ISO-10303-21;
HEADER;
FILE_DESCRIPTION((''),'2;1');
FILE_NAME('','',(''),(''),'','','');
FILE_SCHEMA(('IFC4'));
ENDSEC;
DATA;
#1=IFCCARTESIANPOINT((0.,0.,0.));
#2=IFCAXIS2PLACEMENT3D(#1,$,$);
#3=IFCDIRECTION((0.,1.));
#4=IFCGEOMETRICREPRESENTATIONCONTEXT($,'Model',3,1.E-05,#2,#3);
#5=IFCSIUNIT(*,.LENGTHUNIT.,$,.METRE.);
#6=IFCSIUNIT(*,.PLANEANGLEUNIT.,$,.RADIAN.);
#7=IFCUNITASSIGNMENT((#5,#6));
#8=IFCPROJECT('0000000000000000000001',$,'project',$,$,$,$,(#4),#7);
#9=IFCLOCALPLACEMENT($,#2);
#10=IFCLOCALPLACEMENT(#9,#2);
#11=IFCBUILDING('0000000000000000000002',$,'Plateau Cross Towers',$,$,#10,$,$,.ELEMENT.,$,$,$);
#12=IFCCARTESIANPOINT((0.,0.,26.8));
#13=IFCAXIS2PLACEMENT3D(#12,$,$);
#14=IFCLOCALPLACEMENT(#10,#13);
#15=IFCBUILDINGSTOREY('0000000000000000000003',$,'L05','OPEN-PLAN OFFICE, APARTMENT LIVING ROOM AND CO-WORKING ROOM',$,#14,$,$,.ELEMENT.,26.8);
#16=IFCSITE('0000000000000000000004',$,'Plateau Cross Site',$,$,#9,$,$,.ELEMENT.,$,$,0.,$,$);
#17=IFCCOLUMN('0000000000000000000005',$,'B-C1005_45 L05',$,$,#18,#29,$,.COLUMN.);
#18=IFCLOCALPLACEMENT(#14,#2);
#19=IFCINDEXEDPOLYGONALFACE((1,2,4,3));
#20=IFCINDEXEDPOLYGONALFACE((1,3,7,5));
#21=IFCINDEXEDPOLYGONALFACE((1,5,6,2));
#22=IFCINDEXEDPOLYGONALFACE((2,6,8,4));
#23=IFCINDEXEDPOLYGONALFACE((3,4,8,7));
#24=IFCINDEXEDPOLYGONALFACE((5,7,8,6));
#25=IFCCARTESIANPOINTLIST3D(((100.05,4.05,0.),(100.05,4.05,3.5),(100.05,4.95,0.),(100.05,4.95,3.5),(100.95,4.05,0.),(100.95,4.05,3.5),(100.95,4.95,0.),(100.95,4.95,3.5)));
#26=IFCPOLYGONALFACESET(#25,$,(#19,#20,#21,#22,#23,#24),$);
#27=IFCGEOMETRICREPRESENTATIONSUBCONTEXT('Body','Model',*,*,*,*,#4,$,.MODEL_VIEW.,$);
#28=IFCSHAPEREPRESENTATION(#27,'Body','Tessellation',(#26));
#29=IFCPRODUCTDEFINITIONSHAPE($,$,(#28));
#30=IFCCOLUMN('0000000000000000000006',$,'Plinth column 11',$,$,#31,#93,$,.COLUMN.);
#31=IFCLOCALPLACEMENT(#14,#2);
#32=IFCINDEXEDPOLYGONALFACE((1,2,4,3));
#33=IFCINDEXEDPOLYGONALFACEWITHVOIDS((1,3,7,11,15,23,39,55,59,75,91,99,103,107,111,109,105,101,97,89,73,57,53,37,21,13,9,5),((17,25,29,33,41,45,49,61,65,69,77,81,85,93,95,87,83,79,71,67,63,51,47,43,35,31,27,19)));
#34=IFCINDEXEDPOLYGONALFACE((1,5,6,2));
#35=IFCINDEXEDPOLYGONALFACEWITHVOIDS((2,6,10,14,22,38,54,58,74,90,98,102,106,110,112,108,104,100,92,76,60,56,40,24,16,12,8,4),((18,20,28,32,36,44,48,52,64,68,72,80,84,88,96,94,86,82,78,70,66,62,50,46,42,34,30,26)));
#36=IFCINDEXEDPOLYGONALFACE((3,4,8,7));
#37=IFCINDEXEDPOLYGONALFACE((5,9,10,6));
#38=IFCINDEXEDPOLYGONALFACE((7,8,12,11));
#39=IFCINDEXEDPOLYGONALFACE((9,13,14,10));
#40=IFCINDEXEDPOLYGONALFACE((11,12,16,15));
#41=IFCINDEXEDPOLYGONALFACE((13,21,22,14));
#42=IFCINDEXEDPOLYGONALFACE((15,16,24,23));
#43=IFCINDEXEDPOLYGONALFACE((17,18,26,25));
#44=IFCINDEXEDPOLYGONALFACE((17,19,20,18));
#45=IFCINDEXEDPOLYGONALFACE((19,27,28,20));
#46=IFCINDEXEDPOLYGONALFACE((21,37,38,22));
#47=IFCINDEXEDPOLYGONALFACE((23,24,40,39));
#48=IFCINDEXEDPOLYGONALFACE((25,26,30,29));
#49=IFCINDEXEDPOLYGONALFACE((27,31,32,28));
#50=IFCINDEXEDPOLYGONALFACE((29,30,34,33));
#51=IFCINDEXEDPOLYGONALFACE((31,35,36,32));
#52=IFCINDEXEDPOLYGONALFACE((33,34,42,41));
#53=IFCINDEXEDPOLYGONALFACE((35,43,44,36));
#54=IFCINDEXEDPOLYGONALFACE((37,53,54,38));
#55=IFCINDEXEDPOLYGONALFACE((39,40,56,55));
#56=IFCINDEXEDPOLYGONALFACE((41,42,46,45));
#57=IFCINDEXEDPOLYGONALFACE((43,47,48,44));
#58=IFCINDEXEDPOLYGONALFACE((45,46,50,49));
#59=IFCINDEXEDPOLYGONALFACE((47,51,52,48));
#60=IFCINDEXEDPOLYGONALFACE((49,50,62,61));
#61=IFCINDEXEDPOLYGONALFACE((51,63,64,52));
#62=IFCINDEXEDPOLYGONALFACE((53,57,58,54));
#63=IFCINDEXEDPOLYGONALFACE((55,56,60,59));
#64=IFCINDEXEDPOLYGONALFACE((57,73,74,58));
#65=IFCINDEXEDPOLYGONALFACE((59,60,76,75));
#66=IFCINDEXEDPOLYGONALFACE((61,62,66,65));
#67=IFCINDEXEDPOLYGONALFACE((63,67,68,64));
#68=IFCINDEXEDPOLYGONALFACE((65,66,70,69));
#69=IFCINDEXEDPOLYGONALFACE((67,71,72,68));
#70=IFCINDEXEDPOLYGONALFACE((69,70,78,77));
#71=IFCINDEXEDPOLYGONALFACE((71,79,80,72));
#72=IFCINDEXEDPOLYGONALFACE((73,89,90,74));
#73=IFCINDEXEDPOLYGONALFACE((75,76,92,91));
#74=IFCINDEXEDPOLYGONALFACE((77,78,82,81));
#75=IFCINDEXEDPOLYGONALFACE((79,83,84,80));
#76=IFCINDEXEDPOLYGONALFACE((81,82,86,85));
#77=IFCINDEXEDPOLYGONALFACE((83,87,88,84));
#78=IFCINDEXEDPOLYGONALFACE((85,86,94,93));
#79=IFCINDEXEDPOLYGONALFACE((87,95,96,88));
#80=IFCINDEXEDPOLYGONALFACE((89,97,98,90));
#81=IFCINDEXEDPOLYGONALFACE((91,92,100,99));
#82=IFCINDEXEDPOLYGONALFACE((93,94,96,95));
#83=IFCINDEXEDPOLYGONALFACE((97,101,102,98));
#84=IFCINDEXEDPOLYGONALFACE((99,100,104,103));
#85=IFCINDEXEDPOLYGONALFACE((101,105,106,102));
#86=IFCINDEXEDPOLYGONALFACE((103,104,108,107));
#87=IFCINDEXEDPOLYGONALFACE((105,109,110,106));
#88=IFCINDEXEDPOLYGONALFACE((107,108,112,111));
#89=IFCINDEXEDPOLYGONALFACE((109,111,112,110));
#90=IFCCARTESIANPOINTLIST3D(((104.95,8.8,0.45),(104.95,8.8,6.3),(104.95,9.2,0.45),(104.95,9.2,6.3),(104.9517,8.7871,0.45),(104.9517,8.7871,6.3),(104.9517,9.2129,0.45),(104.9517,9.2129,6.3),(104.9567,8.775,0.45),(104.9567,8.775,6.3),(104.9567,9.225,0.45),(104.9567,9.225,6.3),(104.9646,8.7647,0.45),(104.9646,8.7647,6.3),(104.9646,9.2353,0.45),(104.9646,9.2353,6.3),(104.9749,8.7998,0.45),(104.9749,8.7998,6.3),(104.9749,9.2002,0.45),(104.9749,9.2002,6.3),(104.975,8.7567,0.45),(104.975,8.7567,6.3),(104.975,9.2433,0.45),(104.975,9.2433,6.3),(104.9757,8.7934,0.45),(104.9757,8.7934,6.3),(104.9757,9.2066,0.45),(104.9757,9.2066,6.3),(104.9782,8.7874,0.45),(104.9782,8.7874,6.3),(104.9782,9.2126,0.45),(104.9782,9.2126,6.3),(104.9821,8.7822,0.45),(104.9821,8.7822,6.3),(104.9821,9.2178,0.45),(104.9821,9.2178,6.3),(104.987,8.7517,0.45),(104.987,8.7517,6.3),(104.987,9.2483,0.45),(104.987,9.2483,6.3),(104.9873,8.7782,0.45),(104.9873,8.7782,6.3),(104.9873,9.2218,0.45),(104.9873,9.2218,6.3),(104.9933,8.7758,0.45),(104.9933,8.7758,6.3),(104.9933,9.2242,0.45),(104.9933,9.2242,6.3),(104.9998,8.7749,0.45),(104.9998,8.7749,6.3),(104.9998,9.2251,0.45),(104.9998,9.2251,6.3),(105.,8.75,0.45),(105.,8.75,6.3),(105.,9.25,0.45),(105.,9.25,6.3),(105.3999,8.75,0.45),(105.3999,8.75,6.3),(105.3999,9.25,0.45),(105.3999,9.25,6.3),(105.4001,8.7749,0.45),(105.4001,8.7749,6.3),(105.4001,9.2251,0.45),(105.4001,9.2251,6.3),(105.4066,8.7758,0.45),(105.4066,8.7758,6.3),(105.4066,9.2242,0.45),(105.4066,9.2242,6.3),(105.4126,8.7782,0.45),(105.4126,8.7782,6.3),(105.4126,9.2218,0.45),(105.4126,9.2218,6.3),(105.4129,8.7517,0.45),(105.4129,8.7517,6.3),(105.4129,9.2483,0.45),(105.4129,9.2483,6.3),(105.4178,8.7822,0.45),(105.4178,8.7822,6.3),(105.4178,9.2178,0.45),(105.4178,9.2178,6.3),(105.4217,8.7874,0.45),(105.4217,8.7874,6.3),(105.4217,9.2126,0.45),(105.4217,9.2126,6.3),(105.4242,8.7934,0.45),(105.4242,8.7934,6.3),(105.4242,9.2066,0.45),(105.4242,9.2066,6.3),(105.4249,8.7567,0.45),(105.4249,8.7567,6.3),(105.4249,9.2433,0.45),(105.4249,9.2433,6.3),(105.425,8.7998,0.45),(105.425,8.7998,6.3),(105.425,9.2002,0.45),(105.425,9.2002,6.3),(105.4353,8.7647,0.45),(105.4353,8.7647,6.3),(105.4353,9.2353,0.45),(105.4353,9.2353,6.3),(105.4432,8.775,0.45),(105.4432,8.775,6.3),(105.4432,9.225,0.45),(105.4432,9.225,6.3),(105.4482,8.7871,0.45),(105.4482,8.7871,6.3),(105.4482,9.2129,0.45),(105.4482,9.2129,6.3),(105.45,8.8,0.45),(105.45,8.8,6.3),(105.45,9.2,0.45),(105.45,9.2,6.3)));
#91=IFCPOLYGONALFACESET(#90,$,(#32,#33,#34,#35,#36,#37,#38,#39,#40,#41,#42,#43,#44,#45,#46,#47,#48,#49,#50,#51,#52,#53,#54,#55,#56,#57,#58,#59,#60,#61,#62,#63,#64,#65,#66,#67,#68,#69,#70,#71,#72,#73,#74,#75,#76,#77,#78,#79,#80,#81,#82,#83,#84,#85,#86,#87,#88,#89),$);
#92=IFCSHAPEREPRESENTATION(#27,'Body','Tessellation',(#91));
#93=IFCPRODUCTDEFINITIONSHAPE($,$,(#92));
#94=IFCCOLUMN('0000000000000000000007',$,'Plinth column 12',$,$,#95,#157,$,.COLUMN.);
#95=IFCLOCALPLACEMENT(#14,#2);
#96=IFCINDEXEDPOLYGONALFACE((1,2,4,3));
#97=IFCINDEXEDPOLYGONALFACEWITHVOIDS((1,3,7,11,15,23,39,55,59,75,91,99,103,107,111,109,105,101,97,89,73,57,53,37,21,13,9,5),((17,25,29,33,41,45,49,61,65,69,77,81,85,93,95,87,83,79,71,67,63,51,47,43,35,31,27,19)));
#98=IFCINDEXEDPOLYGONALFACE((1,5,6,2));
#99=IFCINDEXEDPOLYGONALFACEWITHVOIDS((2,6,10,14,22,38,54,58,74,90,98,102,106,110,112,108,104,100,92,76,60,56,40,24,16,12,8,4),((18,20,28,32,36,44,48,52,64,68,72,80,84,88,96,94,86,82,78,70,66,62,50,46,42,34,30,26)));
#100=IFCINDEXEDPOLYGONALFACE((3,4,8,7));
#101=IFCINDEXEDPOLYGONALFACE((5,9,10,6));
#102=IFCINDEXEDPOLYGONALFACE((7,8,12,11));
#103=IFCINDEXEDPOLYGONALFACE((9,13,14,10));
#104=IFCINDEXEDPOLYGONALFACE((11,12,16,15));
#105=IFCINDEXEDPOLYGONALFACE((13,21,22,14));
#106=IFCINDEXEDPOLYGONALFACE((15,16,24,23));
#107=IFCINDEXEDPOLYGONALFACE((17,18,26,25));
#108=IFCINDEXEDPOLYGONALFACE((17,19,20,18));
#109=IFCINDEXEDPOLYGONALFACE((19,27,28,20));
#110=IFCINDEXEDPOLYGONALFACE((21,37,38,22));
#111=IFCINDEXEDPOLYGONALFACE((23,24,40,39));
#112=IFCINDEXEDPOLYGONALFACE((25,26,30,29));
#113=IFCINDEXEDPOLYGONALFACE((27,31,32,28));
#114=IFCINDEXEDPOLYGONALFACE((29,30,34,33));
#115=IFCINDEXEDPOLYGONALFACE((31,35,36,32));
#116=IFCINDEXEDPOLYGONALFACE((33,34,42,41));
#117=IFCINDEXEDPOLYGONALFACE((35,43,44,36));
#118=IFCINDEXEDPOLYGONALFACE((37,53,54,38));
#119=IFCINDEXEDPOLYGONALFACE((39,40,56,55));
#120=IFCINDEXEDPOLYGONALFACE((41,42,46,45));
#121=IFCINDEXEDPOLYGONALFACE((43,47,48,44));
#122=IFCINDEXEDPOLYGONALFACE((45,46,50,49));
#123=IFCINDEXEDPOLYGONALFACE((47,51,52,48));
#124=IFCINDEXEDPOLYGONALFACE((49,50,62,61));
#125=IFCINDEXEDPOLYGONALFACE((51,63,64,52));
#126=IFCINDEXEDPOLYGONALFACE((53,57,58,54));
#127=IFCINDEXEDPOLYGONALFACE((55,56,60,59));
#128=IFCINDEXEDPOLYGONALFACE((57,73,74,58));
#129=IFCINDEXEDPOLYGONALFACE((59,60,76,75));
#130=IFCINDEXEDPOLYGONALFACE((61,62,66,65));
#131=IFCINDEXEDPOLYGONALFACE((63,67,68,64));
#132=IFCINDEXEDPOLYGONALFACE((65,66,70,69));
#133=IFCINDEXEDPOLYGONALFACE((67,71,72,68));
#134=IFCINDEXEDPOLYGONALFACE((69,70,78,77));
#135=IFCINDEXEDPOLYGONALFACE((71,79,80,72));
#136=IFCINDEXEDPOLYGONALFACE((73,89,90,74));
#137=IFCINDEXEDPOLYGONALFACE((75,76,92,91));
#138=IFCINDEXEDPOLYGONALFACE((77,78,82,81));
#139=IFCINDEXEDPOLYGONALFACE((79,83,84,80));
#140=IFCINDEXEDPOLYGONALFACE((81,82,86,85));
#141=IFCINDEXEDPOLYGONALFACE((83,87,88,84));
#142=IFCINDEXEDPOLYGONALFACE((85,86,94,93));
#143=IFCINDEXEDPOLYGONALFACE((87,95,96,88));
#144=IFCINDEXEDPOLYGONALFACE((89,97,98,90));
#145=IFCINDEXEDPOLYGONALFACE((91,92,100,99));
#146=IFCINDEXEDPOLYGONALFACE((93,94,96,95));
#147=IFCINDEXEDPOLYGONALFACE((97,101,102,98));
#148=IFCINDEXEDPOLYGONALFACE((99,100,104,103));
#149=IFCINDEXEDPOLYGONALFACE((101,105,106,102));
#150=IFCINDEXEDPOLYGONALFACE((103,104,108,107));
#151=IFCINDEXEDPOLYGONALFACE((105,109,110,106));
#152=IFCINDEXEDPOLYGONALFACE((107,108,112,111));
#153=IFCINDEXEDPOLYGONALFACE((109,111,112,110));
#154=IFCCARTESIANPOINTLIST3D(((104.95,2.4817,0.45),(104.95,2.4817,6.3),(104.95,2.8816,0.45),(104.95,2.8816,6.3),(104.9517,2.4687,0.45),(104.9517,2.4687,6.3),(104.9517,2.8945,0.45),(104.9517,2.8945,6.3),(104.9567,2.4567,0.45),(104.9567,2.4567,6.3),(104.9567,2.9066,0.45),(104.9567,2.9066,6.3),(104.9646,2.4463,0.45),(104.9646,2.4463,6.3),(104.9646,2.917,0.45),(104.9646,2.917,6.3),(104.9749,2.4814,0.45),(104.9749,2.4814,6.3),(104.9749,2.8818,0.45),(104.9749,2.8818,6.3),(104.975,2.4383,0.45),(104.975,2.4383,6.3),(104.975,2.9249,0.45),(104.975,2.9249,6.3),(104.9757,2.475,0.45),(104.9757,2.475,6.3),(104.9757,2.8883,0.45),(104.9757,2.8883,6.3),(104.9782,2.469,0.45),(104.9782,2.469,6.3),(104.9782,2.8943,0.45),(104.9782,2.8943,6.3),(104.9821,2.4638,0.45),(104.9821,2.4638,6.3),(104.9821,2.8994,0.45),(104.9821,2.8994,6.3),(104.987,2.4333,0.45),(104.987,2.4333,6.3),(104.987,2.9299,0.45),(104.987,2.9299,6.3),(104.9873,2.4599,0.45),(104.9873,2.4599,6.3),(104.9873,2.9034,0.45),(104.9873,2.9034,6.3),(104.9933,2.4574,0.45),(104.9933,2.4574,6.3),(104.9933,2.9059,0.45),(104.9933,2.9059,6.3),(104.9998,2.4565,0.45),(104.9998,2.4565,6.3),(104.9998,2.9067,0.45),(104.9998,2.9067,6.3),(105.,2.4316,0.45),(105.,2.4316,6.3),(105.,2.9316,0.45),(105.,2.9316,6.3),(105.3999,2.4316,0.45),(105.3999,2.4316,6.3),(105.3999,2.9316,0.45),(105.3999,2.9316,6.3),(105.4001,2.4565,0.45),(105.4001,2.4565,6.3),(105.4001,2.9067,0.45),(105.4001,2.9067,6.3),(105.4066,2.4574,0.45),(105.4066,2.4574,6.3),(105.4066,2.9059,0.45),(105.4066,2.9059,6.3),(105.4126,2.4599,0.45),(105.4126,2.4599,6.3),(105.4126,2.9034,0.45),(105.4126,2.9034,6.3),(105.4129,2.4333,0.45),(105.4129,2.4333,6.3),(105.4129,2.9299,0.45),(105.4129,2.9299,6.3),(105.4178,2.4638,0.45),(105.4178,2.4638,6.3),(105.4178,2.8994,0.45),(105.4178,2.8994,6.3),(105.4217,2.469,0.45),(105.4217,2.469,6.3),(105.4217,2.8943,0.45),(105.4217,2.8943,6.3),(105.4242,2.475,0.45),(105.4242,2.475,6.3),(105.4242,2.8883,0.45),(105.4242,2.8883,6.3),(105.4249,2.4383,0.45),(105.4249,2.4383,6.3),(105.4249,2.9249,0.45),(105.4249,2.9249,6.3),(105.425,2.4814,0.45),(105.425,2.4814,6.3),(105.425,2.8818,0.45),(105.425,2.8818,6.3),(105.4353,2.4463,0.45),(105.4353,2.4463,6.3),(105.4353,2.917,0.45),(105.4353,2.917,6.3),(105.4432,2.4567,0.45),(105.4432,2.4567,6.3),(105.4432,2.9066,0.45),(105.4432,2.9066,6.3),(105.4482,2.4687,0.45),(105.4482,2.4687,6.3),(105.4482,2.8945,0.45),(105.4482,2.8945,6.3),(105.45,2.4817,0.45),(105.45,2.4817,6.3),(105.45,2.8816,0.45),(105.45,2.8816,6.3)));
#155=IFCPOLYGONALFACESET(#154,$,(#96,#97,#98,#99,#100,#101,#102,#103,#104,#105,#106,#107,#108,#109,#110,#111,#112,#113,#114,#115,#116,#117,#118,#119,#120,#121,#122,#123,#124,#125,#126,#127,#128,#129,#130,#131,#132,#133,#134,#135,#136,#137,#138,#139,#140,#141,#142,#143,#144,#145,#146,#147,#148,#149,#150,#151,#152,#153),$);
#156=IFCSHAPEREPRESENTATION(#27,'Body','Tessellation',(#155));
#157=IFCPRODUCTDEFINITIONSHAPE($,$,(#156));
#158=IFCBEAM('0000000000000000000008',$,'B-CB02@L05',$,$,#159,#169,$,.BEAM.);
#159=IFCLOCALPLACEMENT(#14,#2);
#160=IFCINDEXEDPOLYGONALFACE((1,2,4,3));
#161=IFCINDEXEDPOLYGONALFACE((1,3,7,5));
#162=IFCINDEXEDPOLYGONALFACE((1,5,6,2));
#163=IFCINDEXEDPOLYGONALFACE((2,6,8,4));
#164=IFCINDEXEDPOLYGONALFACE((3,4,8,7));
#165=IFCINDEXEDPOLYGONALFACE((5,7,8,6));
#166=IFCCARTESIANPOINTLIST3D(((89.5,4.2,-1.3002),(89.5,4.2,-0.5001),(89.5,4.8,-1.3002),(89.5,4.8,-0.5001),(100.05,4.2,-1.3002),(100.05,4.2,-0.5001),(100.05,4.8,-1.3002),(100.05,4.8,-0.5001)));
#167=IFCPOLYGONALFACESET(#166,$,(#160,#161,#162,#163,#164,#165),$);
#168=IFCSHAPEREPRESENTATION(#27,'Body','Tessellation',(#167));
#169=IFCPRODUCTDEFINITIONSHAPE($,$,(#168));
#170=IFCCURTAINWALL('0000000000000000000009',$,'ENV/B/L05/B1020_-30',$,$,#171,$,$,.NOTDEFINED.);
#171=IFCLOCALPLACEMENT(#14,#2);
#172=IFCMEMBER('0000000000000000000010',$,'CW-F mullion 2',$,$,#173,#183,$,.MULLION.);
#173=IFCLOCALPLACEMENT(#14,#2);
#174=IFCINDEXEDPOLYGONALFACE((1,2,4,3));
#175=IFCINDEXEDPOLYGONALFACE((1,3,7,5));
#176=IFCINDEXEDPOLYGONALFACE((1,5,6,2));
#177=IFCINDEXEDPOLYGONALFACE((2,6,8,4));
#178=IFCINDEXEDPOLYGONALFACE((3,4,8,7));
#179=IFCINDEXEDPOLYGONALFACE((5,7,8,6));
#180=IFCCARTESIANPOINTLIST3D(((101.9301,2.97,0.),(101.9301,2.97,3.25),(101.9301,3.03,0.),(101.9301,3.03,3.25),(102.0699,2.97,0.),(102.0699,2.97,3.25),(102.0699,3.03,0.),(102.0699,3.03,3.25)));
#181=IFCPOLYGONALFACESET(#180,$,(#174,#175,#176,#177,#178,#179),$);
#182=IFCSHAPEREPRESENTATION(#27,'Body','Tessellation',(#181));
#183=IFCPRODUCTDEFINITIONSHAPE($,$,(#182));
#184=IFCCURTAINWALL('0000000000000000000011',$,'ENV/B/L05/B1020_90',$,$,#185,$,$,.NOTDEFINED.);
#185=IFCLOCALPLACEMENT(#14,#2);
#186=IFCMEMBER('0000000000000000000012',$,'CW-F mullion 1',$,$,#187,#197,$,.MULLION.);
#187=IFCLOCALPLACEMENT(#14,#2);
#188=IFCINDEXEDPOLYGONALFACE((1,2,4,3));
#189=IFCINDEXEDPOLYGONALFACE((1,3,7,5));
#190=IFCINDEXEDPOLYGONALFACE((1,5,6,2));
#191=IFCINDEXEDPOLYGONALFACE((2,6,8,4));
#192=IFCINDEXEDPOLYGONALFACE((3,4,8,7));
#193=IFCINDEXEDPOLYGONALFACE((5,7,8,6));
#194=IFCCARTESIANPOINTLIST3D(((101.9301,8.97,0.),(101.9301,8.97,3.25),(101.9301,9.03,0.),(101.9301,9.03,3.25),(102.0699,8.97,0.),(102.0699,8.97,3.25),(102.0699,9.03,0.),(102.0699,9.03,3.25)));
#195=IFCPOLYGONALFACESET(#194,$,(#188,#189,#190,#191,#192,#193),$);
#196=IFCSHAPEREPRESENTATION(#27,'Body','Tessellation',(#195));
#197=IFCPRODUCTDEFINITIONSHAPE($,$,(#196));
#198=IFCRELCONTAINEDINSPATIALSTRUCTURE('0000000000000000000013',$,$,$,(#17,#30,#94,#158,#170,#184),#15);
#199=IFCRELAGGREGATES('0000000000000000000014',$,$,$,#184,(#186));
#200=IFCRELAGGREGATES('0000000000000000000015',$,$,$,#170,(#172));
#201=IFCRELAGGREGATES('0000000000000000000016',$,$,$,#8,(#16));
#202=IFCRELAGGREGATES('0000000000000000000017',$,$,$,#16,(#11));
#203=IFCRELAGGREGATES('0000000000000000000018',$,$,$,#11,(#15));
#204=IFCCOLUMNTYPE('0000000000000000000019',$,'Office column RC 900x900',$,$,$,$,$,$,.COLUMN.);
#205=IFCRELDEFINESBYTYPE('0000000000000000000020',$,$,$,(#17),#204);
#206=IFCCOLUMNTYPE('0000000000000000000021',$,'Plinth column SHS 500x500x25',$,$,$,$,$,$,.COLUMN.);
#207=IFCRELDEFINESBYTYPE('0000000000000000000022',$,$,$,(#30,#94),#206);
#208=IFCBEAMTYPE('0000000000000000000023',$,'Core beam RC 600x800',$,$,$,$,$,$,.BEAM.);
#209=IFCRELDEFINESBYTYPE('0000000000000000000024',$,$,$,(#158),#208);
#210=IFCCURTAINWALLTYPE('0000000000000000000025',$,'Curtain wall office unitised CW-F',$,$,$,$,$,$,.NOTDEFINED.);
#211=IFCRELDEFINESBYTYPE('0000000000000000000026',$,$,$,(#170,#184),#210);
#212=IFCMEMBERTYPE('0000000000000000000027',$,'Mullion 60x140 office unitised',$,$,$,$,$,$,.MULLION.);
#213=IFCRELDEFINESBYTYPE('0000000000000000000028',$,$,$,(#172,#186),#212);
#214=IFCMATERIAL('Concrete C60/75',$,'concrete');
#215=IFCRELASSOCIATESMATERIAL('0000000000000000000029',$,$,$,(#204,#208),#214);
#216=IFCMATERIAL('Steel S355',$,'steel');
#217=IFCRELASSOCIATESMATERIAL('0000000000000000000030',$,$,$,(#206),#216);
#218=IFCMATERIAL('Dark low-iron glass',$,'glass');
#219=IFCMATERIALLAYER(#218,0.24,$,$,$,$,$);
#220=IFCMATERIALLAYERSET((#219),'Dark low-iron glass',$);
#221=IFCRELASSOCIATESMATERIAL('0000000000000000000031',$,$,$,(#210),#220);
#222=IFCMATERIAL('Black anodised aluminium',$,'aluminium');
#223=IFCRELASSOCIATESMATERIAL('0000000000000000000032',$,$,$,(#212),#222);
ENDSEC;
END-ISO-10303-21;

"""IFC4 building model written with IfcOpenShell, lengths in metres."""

from ifc_helpers import new_model, si_unit, direction, frame, origin, origin_2d, place, context, subcontext, project, spatial, rectangle, hollow_rectangle, extrude, material, layer, layer_set, material_profile, profile_set, type_object, element, aggregate, save


model = new_model("IFC4")

# Units and contexts
model_context = context("Model", 3, precision=1e-05, world=origin(), true_north=direction((0.0, 1.0)))
body_context = subcontext(model_context, "Body", "Model", "MODEL_VIEW")
ifc_project = project(units=[si_unit("LENGTHUNIT", "METRE"), si_unit("PLANEANGLEUNIT", "RADIAN")], contexts=[model_context])

# Site, building, storey
site_placement = place(None, origin())
site = spatial("IfcSite", under=ifc_project, at=site_placement, Name="Plateau Cross Site", CompositionType="ELEMENT", RefElevation=0.0)
building_placement = place(site_placement, origin())
building = spatial("IfcBuilding", under=site, at=building_placement, Name="Plateau Cross Towers", CompositionType="ELEMENT")
storey_placement = place(building_placement, frame((0.0, 0.0, 26.8)))
storey = spatial("IfcBuildingStorey", under=building, at=storey_placement, Name="L05", Description="OPEN-PLAN OFFICE, APARTMENT LIVING ROOM AND CO-WORKING ROOM", CompositionType="ELEMENT", Elevation=26.8)

# Columns
ifc_material_1 = material(Name="Concrete C60/75", Category="concrete")
ifc_material_profile_1 = material_profile(ifc_material_1, rectangle(XDim=0.8999, YDim=0.8999, at=origin_2d()), Name="RC 900x900")
ifc_profile_set_1 = profile_set([ifc_material_profile_1], Name="Concrete C60/75")
column_type_1 = type_object("IfcColumnType", Name="Office column RC 900x900", PredefinedType="COLUMN", material=ifc_profile_set_1)
column_placement = place(storey_placement, frame((100.5, 4.5, 0.0), z_axis=(0.0, 0.0, 1.0), x_axis=(1.0, 0.0, 0.0)))
element("IfcColumn", 1, at=column_placement, inside=storey, type_object=column_type_1, Name="B-C1005_45 L05", PredefinedType="COLUMN", context=body_context, shape_type="SweptSolid", body=[
    extrude(rectangle(XDim=0.8999, YDim=0.8999, at=origin_2d()), origin(), (0.0, 0.0, 1.0), 3.5),
])
ifc_material_2 = material(Name="Steel S355", Category="steel")
ifc_material_profile_2 = material_profile(ifc_material_2, hollow_rectangle(XDim=0.5, YDim=0.5, WallThickness=0.0249, InnerFilletRadius=0.0249, OuterFilletRadius=0.05, at=origin_2d()), Name="SHS 500x500x25")
ifc_profile_set_2 = profile_set([ifc_material_profile_2], Name="Steel S355")
column_type_2 = type_object("IfcColumnType", Name="Plinth column SHS 500x500x25", PredefinedType="COLUMN", material=ifc_profile_set_2)
for number, where, z_axis, x_axis, name in (
    (2, (105.2, 9.0, 0.45), (0.0, 0.0, 1.0), (1.0, 0.0, 0.0), "Plinth column 11"),
    (3, (105.2, 2.6816, 0.45), (0.0, 0.0, 1.0), (1.0, 0.0, 0.0), "Plinth column 12"),
):
    element("IfcColumn", number, at=place(storey_placement, frame(where, z_axis=z_axis, x_axis=x_axis)), inside=storey, type_object=column_type_2, Name=name, PredefinedType="COLUMN", context=body_context, shape_type="SweptSolid", body=[
        extrude(hollow_rectangle(XDim=0.5, YDim=0.5, WallThickness=0.0249, InnerFilletRadius=0.0249, OuterFilletRadius=0.05, at=origin_2d()), origin(), (0.0, 0.0, 1.0), 5.8501),
    ])

# Beam
ifc_material_profile_3 = material_profile(ifc_material_1, rectangle(XDim=0.6001, YDim=0.8, at=origin_2d()), Name="RC 600x800")
ifc_profile_set_3 = profile_set([ifc_material_profile_3], Name="Concrete C60/75")
beam_type_1 = type_object("IfcBeamType", Name="Core beam RC 600x800", PredefinedType="BEAM", material=ifc_profile_set_3)
beam_1_placement = place(storey_placement, frame((89.5, 4.5, -0.9001), z_axis=(1.0, 0.0, 0.0), x_axis=(0.0, 1.0, 0.0)))
element("IfcBeam", 4, at=beam_1_placement, inside=storey, type_object=beam_type_1, Name="B-CB02@L05", PredefinedType="BEAM", context=body_context, shape_type="SweptSolid", body=[
    extrude(rectangle(XDim=0.6001, YDim=0.8, at=origin_2d()), origin(), (0.0, 0.0, 1.0), 10.55),
])

# Curtain walls, members
ifc_material_3 = material(Name="Dark low-iron glass", Category="glass")
ifc_layer_1 = layer(ifc_material_3, 0.24)
ifc_layer_set_1 = layer_set([ifc_layer_1], Name="Dark low-iron glass")
curtain_wall_type = type_object("IfcCurtainWallType", Name="Curtain wall office unitised CW-F", PredefinedType="NOTDEFINED", material=ifc_layer_set_1)
curtain_wall_1_placement = place(storey_placement, origin())
curtain_wall_1 = element("IfcCurtainWall", 5, at=curtain_wall_1_placement, inside=storey, type_object=curtain_wall_type, Name="ENV/B/L05/B1020_-30", PredefinedType="NOTDEFINED")
ifc_material_4 = material(Name="Black anodised aluminium", Category="aluminium")
ifc_material_profile_4 = material_profile(ifc_material_4, rectangle(XDim=0.0601, YDim=0.1399, at=origin_2d()), Name="MULLION 60x140")
ifc_profile_set_4 = profile_set([ifc_material_profile_4], Name="Black anodised aluminium")
member_type_1 = type_object("IfcMemberType", Name="Mullion 60x140 office unitised", PredefinedType="MULLION", material=ifc_profile_set_4)
member_1_placement = place(storey_placement, frame((102.0, 3.0, 0.0), z_axis=(0.0, 0.0, 1.0), x_axis=(0.0, 1.0, 0.0)))
member_1 = element("IfcMember", 6, at=member_1_placement, type_object=member_type_1, Name="CW-F mullion 2", PredefinedType="MULLION", context=body_context, shape_type="SweptSolid", body=[
    extrude(rectangle(XDim=0.0601, YDim=0.1399, at=origin_2d()), origin(), (0.0, 0.0, 1.0), 3.25),
])
curtain_wall_2_placement = place(storey_placement, origin())
curtain_wall_2 = element("IfcCurtainWall", 7, at=curtain_wall_2_placement, inside=storey, type_object=curtain_wall_type, Name="ENV/B/L05/B1020_90", PredefinedType="NOTDEFINED")
member_2_placement = place(storey_placement, frame((102.0, 9.0, 0.0), z_axis=(0.0, 0.0, 1.0), x_axis=(0.0, 1.0, 0.0)))
member_2 = element("IfcMember", 8, at=member_2_placement, type_object=member_type_1, Name="CW-F mullion 1", PredefinedType="MULLION", context=body_context, shape_type="SweptSolid", body=[
    extrude(rectangle(XDim=0.0601, YDim=0.1399, at=origin_2d()), origin(), (0.0, 0.0, 1.0), 3.25),
])

aggregate(curtain_wall_2, [member_2])

aggregate(curtain_wall_1, [member_1])

save(model, "model.ifc")
